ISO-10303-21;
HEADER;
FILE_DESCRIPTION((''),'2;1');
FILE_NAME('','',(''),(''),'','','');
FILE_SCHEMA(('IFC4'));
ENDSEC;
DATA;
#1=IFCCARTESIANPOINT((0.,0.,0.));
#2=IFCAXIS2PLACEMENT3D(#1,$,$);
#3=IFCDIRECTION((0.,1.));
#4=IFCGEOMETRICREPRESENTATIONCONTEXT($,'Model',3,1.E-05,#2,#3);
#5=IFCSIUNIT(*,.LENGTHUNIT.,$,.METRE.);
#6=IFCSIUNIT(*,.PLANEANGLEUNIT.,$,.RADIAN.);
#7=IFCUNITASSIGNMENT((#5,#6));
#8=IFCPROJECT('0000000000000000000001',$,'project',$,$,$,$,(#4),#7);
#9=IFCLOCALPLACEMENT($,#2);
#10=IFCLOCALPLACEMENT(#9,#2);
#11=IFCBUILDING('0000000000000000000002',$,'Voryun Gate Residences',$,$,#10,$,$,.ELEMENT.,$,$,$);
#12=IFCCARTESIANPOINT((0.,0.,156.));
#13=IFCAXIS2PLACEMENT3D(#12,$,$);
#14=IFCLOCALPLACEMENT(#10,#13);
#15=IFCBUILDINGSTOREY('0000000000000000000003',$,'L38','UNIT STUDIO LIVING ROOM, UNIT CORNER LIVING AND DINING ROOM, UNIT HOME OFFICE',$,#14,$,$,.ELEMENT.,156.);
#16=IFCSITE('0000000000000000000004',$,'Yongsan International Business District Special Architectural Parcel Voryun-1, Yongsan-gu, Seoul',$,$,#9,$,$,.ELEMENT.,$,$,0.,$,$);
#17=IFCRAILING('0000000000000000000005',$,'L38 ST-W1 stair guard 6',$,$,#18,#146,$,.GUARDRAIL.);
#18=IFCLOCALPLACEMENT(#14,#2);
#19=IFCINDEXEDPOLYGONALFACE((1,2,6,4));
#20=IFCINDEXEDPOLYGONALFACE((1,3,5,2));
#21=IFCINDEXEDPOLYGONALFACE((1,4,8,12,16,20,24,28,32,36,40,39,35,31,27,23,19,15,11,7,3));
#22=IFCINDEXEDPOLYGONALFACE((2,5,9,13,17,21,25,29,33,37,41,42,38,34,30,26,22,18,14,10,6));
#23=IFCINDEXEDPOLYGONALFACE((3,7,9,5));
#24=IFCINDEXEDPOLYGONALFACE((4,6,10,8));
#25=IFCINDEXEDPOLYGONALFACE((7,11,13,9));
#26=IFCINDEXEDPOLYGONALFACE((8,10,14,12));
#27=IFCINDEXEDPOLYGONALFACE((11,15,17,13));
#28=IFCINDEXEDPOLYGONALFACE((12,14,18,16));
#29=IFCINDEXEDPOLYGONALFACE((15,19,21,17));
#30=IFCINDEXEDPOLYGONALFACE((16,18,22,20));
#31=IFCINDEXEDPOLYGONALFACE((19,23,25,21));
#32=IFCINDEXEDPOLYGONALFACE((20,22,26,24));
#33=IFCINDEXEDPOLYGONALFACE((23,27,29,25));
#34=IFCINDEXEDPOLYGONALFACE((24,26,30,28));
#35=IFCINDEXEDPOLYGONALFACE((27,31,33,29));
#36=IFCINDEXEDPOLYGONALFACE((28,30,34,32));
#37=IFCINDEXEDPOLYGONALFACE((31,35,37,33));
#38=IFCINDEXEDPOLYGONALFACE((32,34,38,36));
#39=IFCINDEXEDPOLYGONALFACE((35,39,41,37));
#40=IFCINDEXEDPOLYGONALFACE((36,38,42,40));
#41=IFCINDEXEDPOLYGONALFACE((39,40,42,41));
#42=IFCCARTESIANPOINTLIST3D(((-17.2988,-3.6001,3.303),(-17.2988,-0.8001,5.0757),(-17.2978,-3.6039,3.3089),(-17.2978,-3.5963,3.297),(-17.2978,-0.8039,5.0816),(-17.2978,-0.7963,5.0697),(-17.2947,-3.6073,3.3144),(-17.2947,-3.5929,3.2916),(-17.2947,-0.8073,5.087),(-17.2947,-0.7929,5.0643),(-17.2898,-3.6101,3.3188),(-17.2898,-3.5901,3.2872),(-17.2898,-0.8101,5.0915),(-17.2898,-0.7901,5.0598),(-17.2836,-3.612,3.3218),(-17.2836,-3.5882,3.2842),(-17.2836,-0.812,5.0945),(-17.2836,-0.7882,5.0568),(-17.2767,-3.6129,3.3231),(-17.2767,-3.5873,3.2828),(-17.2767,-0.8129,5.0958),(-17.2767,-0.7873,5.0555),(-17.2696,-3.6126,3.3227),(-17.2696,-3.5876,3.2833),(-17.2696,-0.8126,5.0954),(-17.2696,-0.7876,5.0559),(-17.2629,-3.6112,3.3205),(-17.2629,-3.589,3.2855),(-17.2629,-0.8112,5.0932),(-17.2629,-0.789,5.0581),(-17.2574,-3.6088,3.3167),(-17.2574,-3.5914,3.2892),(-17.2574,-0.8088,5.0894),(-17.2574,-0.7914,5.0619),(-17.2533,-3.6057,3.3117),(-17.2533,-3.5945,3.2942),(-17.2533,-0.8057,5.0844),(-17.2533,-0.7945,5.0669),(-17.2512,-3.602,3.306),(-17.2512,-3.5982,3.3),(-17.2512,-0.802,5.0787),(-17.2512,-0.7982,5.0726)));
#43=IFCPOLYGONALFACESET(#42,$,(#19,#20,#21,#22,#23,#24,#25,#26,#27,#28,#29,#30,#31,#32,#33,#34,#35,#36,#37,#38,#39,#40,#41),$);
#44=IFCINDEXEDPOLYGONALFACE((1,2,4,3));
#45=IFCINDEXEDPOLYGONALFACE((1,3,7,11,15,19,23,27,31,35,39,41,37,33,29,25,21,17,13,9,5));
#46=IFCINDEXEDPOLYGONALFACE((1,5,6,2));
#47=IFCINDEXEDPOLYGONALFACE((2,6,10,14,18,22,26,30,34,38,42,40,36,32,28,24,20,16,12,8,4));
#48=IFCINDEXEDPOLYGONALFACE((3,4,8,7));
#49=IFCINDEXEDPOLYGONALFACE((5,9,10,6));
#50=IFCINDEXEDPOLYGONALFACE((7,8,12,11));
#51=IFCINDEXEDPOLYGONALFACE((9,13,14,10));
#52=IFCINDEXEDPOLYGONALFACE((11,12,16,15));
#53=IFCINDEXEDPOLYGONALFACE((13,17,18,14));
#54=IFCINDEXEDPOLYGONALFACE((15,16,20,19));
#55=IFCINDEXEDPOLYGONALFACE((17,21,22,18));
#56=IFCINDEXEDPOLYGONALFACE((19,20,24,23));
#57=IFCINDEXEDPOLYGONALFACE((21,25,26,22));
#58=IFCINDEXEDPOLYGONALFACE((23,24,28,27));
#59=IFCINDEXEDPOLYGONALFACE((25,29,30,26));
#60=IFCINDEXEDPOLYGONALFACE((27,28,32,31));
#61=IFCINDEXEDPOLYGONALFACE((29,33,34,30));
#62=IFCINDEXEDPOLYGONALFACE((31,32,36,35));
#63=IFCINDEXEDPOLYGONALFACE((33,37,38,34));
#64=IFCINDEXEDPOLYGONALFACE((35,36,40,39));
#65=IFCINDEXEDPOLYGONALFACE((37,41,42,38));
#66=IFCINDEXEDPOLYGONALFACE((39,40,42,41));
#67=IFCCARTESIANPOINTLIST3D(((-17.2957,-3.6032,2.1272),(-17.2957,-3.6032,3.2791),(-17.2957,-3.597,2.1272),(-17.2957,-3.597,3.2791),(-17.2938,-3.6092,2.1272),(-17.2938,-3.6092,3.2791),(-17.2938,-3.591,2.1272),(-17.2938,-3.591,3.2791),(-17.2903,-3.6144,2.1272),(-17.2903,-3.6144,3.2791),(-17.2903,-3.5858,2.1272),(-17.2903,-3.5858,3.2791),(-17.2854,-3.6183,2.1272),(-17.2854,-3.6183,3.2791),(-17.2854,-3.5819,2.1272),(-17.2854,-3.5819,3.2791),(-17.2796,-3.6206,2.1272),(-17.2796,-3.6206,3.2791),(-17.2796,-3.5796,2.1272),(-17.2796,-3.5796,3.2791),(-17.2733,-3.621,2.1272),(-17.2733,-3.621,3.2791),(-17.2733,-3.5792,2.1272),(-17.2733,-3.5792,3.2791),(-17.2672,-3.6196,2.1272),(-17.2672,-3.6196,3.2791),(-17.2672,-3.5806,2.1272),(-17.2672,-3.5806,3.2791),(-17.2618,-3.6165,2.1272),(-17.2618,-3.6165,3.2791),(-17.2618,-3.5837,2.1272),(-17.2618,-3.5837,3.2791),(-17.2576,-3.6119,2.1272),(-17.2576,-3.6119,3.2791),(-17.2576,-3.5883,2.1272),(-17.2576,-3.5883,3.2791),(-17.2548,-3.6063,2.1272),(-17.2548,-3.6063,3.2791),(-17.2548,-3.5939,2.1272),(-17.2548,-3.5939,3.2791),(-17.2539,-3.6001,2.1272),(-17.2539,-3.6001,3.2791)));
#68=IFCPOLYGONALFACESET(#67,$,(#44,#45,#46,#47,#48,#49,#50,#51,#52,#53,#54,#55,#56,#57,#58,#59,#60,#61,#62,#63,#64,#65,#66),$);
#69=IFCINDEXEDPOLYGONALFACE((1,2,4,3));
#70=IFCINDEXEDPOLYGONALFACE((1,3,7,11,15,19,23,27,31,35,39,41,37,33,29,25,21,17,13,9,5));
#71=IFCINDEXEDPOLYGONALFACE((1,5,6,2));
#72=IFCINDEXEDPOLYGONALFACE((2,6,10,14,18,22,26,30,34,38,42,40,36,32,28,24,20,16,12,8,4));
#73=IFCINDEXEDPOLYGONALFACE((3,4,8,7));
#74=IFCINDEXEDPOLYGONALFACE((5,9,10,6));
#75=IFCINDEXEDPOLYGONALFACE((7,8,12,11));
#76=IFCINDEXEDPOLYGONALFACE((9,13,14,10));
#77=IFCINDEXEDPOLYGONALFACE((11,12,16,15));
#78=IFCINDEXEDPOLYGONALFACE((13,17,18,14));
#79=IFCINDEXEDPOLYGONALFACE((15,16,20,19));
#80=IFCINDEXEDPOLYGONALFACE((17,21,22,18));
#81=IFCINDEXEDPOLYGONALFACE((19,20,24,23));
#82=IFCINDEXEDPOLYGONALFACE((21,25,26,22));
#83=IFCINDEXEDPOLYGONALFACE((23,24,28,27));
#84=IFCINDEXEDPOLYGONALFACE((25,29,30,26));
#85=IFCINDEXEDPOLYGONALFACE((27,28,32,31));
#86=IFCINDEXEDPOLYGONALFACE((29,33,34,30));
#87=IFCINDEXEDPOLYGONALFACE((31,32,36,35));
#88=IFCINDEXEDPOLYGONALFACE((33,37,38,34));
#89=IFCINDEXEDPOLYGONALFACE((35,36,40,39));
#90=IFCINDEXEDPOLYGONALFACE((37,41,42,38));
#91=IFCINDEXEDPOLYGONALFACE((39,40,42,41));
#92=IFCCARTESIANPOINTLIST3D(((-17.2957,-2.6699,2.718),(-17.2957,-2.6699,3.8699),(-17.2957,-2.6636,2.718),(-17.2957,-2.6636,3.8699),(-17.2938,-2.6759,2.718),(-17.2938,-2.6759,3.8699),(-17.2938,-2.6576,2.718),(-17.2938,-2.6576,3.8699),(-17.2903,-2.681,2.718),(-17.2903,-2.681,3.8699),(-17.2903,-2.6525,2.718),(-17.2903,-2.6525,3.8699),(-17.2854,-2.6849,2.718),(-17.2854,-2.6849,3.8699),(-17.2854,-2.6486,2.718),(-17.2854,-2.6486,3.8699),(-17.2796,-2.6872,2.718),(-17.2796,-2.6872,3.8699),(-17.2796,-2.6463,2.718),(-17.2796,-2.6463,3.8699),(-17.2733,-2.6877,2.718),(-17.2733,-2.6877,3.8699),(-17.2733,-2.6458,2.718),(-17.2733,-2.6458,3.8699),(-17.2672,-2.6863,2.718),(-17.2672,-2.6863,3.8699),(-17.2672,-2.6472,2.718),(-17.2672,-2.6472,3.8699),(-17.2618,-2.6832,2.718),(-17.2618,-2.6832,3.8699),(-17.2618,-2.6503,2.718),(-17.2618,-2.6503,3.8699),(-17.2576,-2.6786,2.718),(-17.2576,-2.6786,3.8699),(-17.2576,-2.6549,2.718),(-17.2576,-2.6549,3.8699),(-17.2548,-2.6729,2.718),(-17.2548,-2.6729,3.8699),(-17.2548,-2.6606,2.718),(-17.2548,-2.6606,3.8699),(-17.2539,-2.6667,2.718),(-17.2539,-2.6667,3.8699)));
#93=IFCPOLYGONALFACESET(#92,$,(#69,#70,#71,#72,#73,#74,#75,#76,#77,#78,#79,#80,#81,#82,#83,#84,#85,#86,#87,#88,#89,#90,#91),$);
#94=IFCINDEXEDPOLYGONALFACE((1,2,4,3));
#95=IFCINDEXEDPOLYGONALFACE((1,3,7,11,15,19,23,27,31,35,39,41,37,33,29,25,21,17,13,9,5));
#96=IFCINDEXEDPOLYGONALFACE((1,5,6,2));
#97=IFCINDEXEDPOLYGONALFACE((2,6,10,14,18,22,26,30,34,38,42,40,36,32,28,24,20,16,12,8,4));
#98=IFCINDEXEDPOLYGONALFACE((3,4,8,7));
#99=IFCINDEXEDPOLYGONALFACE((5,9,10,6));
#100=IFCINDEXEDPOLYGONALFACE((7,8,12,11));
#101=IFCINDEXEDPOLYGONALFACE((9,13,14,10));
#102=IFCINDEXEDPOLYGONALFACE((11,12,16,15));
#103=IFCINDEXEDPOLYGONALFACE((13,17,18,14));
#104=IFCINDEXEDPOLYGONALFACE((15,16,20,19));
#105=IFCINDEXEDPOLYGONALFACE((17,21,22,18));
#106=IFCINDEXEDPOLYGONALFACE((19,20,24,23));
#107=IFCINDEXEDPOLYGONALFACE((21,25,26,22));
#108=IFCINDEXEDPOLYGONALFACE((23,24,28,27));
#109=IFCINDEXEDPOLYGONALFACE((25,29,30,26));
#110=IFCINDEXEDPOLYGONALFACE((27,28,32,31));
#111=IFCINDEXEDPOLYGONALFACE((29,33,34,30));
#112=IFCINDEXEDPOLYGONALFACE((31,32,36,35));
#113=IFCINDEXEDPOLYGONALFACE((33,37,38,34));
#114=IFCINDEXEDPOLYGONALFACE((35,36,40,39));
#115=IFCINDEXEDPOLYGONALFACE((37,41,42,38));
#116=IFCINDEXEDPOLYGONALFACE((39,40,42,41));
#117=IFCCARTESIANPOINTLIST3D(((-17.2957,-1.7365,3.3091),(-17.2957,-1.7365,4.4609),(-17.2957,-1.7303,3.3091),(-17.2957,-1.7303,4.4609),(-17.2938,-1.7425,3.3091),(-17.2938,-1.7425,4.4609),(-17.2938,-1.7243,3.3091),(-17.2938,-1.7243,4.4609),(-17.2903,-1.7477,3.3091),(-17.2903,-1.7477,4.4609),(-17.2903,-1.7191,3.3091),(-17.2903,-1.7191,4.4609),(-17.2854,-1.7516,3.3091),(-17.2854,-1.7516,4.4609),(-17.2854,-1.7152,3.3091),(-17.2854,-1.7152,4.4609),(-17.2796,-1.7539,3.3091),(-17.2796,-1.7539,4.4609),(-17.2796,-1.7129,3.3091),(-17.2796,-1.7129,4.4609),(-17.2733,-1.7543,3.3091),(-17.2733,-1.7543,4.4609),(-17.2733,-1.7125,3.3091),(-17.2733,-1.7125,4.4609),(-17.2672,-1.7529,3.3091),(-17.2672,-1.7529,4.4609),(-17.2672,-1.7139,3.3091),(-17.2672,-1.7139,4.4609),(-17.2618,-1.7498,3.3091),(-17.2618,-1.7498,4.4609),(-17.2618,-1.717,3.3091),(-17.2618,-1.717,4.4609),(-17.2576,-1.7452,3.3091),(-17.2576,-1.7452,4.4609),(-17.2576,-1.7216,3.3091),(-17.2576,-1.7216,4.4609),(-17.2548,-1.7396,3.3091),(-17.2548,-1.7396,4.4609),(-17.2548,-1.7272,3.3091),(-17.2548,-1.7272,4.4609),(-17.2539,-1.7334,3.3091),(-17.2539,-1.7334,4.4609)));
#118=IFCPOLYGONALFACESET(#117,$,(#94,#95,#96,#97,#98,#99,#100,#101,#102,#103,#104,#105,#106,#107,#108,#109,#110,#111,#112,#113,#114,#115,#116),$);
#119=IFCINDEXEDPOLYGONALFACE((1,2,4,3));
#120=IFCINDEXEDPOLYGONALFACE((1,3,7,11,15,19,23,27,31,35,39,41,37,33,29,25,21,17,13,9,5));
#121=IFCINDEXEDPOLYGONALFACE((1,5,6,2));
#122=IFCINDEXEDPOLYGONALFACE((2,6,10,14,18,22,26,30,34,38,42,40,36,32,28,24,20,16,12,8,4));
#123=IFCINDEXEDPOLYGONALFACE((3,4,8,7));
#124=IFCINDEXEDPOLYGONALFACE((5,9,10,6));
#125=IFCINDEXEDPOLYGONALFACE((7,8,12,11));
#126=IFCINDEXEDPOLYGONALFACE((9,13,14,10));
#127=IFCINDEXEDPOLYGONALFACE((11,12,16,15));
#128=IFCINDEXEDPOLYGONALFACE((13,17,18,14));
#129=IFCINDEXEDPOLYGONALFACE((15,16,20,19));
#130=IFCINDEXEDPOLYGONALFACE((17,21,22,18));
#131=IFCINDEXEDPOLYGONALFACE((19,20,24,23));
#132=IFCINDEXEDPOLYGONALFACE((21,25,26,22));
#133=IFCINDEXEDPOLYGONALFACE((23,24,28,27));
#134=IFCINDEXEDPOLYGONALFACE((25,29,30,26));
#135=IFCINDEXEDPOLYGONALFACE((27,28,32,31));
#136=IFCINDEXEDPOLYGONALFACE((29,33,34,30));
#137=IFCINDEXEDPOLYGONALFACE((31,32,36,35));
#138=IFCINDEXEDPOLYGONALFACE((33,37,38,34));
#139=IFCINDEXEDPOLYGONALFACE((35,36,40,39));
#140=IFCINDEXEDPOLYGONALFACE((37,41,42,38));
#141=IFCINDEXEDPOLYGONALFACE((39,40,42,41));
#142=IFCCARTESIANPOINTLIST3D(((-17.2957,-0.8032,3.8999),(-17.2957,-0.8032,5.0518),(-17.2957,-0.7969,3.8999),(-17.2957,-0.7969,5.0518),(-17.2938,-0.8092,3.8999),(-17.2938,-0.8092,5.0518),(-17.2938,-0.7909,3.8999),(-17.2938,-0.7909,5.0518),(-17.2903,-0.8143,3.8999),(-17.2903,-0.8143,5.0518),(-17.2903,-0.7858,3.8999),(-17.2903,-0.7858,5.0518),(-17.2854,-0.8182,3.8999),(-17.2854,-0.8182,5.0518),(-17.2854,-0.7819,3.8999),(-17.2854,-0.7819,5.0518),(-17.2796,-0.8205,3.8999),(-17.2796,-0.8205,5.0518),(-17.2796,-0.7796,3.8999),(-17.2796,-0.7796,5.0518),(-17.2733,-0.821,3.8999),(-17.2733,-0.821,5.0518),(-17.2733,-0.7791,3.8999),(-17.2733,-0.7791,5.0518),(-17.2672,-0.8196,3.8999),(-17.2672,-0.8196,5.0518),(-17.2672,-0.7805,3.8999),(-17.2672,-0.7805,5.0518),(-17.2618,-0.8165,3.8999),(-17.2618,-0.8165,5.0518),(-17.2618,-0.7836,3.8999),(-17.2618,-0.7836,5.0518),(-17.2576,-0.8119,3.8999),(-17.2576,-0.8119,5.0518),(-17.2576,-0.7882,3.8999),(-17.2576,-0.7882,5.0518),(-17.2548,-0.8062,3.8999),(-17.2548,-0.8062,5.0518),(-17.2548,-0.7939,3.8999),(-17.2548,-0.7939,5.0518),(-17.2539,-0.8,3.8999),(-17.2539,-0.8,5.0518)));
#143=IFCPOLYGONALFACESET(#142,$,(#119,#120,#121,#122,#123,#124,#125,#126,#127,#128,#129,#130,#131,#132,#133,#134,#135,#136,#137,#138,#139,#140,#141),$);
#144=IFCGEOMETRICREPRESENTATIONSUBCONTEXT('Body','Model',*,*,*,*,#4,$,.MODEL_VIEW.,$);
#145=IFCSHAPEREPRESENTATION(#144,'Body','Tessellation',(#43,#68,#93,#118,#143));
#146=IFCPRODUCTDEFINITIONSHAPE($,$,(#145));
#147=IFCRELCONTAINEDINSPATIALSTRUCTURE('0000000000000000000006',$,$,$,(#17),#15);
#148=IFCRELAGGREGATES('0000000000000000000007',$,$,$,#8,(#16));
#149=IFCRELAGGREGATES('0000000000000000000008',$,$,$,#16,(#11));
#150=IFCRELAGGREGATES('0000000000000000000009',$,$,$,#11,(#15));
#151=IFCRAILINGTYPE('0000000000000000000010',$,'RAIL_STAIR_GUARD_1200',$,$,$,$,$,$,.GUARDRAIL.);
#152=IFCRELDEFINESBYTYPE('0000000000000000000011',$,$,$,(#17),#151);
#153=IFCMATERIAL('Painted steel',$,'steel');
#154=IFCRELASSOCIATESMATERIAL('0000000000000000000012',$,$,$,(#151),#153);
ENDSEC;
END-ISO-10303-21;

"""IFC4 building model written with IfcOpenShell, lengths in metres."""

from ifc_helpers import new_model, si_unit, direction, frame, origin, origin_2d, place, context, subcontext, project, spatial, circle, extrude, material, type_object, element, save


model = new_model("IFC4")

# Units and contexts
model_context = context("Model", 3, precision=1e-05, world=origin(), true_north=direction((0.0, 1.0)))
body_context = subcontext(model_context, "Body", "Model", "MODEL_VIEW")
ifc_project = project(units=[si_unit("LENGTHUNIT", "METRE"), si_unit("PLANEANGLEUNIT", "RADIAN")], contexts=[model_context])

# Site, building, storey
site_placement = place(None, origin())
site = spatial("IfcSite", under=ifc_project, at=site_placement, Name="Yongsan International Business District Special Architectural Parcel Voryun-1, Yongsan-gu, Seoul", CompositionType="ELEMENT", RefElevation=0.0)
building_placement = place(site_placement, origin())
building = spatial("IfcBuilding", under=site, at=building_placement, Name="Voryun Gate Residences", CompositionType="ELEMENT")
storey_placement = place(building_placement, frame((0.0, 0.0, 156.0)))
storey = spatial("IfcBuildingStorey", under=building, at=storey_placement, Name="L38", Description="UNIT STUDIO LIVING ROOM, UNIT CORNER LIVING AND DINING ROOM, UNIT HOME OFFICE", CompositionType="ELEMENT", Elevation=156.0)

# Railing
ifc_material_1 = material(Name="Painted steel", Category="steel")
railing_type_1 = type_object("IfcRailingType", Name="RAIL_STAIR_GUARD_1200", PredefinedType="GUARDRAIL", material=ifc_material_1)
railing_1_placement = place(storey_placement, frame((-17.2749, -3.6001, 2.1272)))
element("IfcRailing", 1, at=railing_1_placement, inside=storey, type_object=railing_type_1, Name="L38 ST-W1 stair guard 6", PredefinedType="GUARDRAIL", context=body_context, shape_type="SweptSolid", body=[
    extrude(circle(Radius=0.0239, at=origin_2d()), frame((0.0, 0.0, 1.1758), z_axis=(0.0, 0.844909, 0.53491), x_axis=(-1.0, 0.0, 0.0)), (0.0, 0.0, 1.0), 3.314),
    extrude(circle(Radius=0.021, at=origin_2d()), origin(), (0.0, 0.0, 1.0), 1.1519),
    extrude(circle(Radius=0.021, at=origin_2d()), frame((0.0, 0.9333, 0.5908)), (0.0, 0.0, 1.0), 1.1519),
    extrude(circle(Radius=0.021, at=origin_2d()), frame((0.0, 1.8667, 1.1819)), (0.0, 0.0, 1.0), 1.1519),
    extrude(circle(Radius=0.021, at=origin_2d()), frame((0.0, 2.8, 1.7727)), (0.0, 0.0, 1.0), 1.1519),
])

save(model, "model.ifc")
